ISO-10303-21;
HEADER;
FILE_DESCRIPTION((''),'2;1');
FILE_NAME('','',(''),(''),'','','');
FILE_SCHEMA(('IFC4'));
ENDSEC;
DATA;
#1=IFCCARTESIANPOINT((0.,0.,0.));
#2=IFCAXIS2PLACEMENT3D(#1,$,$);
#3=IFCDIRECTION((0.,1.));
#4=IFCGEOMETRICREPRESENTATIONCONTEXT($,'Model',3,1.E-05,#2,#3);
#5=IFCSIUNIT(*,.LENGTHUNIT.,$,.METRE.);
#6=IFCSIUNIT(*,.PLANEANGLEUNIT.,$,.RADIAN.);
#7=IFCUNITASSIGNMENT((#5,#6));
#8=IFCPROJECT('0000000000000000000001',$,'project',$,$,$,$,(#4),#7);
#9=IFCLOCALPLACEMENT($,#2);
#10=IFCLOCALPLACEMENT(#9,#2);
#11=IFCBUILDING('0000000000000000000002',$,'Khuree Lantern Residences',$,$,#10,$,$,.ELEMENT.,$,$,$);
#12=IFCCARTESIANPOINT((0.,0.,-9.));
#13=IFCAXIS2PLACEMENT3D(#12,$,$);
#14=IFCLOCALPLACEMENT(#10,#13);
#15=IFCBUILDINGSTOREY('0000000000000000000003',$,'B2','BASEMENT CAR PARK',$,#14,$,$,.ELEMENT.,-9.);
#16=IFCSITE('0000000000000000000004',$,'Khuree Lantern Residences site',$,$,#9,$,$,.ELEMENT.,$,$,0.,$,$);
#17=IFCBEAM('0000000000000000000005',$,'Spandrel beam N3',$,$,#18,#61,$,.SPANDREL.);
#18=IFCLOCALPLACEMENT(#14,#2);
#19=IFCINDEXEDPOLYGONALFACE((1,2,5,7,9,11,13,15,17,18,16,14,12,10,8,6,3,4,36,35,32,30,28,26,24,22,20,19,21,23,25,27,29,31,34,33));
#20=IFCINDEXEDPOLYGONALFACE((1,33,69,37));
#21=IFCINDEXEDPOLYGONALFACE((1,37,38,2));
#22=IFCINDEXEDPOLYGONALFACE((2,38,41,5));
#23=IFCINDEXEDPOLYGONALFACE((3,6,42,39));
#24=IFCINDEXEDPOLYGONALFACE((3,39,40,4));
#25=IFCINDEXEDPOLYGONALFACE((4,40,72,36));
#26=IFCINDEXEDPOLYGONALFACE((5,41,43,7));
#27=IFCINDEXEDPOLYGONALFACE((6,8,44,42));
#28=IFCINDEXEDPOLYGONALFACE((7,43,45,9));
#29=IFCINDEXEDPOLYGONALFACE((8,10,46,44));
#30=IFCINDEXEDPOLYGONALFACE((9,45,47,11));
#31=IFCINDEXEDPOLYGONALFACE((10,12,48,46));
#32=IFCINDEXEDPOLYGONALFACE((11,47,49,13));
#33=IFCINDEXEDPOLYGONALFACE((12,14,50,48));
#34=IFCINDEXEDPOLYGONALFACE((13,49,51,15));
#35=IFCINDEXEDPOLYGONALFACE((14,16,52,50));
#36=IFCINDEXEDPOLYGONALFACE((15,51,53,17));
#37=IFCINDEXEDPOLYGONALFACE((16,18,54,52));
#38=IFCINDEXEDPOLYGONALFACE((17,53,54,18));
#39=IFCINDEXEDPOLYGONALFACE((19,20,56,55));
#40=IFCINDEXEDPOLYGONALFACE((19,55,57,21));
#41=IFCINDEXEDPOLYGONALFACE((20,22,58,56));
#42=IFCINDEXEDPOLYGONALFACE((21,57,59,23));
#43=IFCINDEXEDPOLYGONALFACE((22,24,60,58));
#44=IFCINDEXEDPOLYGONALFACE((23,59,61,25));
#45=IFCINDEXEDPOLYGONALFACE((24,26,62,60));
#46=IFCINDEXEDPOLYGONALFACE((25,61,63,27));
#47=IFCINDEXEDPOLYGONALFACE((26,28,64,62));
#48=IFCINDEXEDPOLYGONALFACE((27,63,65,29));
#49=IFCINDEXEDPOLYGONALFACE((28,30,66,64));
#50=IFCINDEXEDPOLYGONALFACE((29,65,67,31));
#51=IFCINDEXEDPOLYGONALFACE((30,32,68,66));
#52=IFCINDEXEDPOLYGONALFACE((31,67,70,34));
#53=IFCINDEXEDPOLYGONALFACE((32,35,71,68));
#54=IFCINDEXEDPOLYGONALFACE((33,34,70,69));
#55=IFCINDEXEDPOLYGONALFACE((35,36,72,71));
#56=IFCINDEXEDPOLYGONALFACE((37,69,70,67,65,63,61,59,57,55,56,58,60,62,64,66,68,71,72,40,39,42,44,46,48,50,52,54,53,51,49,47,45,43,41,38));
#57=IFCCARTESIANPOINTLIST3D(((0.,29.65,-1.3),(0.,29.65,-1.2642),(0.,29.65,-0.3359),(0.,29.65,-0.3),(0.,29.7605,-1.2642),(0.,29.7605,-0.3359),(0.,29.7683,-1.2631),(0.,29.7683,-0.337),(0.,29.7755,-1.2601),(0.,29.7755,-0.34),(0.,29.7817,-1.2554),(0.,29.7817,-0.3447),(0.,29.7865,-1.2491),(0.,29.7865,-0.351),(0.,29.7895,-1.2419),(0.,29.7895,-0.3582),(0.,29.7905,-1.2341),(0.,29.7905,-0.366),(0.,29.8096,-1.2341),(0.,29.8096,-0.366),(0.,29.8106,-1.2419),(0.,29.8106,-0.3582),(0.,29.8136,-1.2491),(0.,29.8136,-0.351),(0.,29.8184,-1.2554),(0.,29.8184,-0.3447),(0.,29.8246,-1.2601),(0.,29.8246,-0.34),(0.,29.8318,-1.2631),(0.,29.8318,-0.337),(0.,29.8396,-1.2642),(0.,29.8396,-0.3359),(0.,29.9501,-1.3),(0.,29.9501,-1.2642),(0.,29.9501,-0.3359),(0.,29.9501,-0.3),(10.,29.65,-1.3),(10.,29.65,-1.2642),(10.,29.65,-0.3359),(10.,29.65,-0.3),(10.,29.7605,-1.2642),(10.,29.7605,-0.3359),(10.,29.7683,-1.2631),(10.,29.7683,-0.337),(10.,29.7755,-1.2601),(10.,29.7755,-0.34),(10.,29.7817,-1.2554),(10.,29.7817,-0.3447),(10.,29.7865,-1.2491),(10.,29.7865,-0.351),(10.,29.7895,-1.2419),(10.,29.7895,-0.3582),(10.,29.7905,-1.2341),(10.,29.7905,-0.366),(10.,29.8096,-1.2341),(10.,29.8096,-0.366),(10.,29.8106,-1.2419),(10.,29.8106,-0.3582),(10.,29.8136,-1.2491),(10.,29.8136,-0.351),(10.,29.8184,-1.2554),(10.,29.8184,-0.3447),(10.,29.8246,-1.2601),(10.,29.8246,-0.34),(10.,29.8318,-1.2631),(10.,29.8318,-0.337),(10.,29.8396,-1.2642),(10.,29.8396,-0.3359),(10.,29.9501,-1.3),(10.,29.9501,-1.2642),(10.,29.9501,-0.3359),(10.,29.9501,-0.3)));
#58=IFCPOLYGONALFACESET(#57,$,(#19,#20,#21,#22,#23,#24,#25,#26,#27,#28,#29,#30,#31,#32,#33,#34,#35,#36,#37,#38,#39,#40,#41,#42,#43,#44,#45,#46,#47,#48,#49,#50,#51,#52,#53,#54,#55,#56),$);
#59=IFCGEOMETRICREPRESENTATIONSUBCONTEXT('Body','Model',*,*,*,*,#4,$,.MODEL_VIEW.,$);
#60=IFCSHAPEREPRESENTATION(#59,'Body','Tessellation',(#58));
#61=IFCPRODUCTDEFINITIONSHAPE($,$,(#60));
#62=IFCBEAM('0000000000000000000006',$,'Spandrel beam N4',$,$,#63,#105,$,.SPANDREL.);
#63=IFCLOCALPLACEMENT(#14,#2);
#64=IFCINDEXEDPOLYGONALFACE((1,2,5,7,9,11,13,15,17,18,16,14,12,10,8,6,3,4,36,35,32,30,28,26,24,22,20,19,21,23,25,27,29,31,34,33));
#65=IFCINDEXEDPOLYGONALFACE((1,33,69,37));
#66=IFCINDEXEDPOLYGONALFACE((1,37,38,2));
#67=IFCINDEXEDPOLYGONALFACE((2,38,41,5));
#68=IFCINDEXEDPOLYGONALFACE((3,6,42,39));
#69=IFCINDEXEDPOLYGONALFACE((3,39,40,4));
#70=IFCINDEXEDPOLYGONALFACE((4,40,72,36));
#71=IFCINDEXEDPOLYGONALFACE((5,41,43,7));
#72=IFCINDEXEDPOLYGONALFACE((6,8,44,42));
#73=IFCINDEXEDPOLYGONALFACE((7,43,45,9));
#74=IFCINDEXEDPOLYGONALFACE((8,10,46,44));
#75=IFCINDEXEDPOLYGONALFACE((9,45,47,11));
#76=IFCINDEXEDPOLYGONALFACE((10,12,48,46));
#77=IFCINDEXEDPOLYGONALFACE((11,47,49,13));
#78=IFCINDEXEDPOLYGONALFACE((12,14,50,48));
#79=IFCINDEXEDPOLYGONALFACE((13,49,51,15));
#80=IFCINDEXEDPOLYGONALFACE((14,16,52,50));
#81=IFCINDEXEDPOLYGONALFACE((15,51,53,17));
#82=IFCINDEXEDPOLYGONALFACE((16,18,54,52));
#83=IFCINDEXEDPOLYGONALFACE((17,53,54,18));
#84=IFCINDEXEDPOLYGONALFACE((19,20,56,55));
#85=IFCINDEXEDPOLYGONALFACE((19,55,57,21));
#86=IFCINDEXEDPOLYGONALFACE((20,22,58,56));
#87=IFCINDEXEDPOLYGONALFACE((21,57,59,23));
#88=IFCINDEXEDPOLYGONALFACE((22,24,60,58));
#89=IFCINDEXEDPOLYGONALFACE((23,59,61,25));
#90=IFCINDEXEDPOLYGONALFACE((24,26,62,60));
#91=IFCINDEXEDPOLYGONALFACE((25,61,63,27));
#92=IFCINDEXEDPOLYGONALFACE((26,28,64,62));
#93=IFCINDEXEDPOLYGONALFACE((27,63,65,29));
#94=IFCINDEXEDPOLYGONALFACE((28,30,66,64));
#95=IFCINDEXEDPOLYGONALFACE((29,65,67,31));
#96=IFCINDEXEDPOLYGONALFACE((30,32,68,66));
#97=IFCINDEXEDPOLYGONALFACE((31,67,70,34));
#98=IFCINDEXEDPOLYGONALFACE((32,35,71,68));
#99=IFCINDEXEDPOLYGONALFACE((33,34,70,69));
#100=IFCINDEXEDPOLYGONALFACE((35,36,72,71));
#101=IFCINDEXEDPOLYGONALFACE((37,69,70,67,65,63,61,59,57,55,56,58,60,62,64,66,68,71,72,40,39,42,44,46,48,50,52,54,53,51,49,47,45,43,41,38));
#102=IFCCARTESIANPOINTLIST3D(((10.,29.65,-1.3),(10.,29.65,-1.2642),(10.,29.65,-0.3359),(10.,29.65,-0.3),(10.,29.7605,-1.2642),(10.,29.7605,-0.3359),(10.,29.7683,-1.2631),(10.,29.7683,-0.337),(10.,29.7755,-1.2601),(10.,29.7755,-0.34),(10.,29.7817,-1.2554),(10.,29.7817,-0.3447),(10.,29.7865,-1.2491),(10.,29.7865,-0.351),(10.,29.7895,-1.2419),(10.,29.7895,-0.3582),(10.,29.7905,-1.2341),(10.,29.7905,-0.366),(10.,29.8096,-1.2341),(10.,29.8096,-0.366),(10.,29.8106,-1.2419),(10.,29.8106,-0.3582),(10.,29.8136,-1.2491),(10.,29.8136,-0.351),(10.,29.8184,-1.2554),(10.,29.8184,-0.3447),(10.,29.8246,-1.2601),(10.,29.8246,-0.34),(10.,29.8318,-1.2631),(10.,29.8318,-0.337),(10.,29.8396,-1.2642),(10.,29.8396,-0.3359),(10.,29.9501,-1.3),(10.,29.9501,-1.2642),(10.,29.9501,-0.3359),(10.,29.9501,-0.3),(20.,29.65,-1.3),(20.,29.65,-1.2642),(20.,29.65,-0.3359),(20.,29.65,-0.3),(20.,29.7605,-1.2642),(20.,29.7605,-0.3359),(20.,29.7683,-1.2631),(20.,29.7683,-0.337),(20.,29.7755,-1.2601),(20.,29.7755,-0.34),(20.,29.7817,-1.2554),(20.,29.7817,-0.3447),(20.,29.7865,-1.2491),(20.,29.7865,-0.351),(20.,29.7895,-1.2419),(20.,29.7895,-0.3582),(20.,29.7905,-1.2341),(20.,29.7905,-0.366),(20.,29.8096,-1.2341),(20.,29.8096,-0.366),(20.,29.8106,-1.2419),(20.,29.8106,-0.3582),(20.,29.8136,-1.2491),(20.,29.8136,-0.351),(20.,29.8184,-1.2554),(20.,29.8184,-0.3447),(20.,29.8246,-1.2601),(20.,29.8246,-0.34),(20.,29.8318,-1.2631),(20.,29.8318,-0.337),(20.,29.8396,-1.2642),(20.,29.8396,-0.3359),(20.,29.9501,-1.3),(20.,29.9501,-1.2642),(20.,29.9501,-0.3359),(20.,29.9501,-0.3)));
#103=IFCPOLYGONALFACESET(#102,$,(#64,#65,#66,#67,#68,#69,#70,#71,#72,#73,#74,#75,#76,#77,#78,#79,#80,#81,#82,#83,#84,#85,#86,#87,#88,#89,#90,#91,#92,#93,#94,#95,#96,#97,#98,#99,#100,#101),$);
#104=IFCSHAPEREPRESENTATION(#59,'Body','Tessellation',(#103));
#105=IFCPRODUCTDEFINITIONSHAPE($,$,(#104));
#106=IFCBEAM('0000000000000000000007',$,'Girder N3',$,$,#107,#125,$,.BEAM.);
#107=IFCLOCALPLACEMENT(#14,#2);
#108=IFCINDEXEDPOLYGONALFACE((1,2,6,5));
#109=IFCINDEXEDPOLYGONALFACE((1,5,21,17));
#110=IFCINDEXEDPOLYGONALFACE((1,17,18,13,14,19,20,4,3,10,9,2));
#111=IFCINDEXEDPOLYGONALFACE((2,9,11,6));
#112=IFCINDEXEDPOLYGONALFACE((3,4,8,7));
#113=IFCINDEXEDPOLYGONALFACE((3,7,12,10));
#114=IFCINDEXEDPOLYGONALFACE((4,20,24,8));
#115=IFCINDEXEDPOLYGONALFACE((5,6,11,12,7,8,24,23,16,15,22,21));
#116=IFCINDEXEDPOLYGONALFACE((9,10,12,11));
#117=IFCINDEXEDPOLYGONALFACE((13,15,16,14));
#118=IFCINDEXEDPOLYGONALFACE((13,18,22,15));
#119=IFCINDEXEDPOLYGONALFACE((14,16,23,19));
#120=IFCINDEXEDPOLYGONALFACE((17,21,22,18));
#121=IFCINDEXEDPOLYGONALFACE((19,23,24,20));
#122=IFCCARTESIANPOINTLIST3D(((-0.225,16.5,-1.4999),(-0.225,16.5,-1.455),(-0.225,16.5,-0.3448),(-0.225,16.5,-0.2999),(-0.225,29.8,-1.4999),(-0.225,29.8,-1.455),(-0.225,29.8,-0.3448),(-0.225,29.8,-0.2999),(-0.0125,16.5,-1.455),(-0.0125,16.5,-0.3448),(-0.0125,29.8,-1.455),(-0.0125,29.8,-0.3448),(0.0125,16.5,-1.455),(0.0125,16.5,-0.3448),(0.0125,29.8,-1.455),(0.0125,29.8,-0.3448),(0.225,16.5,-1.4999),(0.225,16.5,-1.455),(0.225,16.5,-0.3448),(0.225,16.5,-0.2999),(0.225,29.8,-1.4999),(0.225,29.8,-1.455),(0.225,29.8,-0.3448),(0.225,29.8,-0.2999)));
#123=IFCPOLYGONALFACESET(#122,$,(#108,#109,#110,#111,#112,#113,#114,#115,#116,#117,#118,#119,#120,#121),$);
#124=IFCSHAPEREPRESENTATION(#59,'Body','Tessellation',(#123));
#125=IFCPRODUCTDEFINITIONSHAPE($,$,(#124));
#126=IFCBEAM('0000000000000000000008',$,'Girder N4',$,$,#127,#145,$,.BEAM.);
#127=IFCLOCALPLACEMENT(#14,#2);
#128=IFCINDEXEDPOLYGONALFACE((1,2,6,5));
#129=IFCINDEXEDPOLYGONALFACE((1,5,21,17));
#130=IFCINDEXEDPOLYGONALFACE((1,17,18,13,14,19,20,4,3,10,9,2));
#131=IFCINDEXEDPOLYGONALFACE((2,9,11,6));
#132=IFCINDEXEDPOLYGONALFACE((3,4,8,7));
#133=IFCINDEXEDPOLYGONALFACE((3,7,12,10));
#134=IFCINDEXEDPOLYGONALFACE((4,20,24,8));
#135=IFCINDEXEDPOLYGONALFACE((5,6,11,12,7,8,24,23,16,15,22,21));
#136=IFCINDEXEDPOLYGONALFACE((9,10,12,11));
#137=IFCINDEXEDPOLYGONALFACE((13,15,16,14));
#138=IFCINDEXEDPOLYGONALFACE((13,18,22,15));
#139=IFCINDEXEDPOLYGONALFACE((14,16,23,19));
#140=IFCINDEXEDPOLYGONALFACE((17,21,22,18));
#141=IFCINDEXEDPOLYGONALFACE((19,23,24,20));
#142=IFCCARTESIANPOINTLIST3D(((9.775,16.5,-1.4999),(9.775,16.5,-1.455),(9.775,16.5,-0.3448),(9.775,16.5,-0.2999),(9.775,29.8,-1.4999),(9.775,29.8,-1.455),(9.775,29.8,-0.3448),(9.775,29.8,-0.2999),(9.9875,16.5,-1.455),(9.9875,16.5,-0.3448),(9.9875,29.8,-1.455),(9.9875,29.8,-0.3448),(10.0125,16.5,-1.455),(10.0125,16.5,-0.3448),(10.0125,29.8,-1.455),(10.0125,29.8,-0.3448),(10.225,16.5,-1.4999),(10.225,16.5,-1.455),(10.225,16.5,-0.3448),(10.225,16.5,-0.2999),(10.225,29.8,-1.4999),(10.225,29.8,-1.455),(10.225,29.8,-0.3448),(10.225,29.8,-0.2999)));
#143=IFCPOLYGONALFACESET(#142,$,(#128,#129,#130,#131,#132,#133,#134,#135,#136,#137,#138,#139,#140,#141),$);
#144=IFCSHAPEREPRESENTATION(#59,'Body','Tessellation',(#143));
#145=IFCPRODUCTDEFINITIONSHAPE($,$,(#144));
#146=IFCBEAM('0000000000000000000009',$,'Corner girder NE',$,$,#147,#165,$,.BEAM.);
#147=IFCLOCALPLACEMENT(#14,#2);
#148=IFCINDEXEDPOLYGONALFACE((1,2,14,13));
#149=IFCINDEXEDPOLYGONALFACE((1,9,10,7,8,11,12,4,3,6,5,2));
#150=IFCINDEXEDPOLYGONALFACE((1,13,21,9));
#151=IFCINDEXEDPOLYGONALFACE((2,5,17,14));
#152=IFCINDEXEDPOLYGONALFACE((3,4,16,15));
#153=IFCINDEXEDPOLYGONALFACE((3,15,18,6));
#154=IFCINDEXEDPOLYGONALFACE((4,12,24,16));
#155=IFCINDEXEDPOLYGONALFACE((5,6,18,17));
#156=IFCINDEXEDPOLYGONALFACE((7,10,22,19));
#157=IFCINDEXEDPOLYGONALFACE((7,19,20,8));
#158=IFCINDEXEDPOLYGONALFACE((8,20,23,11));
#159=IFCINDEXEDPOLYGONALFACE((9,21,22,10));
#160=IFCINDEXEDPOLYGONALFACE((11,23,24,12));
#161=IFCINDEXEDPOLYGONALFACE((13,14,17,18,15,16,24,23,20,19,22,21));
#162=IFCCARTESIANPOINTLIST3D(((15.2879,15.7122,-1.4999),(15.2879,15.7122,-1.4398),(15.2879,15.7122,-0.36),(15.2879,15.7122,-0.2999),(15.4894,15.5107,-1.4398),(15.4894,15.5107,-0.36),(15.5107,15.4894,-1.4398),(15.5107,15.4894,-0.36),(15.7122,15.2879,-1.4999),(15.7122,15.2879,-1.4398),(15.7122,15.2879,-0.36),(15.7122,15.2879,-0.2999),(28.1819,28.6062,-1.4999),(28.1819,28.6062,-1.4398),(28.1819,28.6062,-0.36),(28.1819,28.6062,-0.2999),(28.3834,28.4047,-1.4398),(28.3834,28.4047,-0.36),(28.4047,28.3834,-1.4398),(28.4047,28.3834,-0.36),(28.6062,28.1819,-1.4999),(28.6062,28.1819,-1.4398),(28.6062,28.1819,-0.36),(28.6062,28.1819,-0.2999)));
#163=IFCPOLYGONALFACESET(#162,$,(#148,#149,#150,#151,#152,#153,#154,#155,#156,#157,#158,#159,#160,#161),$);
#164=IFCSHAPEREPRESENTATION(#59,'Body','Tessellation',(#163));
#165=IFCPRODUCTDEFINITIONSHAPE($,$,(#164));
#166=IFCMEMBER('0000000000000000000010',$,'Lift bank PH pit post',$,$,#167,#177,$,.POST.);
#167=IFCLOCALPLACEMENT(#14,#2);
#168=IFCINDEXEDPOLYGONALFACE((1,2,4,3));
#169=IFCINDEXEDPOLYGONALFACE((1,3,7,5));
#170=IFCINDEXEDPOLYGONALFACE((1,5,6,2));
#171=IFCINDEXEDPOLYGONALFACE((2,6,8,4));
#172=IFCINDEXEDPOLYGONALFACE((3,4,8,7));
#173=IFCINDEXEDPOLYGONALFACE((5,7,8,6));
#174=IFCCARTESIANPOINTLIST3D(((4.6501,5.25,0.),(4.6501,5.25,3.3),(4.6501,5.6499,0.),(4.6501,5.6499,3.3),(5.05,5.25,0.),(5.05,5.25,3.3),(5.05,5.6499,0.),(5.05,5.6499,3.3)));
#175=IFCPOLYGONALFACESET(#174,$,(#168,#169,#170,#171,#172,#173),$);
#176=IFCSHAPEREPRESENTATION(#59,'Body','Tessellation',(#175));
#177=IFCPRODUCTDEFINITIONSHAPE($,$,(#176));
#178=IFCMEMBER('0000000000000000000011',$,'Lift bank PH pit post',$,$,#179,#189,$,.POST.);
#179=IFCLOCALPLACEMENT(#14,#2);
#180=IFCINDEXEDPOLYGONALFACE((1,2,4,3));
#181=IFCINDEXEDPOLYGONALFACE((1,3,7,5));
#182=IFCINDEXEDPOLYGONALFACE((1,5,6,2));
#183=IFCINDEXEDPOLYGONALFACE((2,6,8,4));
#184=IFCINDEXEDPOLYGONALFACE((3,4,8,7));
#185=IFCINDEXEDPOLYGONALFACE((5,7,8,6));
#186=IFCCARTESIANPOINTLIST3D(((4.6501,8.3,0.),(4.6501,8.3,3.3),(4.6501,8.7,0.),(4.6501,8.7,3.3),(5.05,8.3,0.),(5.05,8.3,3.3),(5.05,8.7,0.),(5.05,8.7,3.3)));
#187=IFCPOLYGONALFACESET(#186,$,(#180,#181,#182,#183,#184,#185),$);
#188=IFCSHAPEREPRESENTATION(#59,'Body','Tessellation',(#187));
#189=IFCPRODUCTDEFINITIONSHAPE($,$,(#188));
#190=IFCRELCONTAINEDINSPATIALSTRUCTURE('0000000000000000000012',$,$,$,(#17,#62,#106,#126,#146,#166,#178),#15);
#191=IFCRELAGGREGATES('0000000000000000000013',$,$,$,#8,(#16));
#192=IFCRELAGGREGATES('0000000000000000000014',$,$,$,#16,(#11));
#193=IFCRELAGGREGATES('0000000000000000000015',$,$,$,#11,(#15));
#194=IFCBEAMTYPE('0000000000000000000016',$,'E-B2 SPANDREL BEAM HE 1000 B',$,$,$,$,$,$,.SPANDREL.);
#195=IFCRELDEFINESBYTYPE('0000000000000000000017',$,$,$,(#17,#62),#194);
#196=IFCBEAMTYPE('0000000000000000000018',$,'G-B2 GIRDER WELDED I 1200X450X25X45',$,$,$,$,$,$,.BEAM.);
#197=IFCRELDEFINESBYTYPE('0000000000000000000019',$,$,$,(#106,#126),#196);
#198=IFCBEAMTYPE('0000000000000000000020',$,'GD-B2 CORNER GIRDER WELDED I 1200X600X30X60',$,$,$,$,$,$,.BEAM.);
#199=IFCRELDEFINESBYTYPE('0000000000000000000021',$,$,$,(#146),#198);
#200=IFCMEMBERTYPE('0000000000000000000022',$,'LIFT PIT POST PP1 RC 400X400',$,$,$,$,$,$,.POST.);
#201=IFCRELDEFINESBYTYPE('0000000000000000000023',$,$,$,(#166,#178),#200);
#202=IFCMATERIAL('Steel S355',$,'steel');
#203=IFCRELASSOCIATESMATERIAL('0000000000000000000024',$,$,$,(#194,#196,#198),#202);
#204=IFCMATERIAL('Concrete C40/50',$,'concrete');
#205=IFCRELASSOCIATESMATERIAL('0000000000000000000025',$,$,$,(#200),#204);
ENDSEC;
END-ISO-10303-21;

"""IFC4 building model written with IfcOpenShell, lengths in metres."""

from ifc_helpers import new_model, si_unit, direction, frame, origin, origin_2d, place, context, subcontext, project, spatial, rectangle, i_section, extrude, material, material_profile, profile_set, type_object, element, save


model = new_model("IFC4")

# Units and contexts
model_context = context("Model", 3, precision=1e-05, world=origin(), true_north=direction((0.0, 1.0)))
body_context = subcontext(model_context, "Body", "Model", "MODEL_VIEW")
ifc_project = project(units=[si_unit("LENGTHUNIT", "METRE"), si_unit("PLANEANGLEUNIT", "RADIAN")], contexts=[model_context])

# Site, building, storey
site_placement = place(None, origin())
site = spatial("IfcSite", under=ifc_project, at=site_placement, Name="Khuree Lantern Residences site", CompositionType="ELEMENT", RefElevation=0.0)
building_placement = place(site_placement, origin())
building = spatial("IfcBuilding", under=site, at=building_placement, Name="Khuree Lantern Residences", CompositionType="ELEMENT")
storey_placement = place(building_placement, frame((0.0, 0.0, -9.0)))
storey = spatial("IfcBuildingStorey", under=building, at=storey_placement, Name="B2", Description="BASEMENT CAR PARK", CompositionType="ELEMENT", Elevation=-9.0)

# Beams
ifc_material_1 = material(Name="Steel S355", Category="steel")
ifc_material_profile_1 = material_profile(ifc_material_1, i_section(OverallWidth=0.3, OverallDepth=1.0, WebThickness=0.019, FlangeThickness=0.0359, FilletRadius=0.03, at=origin_2d()), Name="HE 1000 B")
ifc_profile_set_1 = profile_set([ifc_material_profile_1], Name="Steel S355")
beam_type_1 = type_object("IfcBeamType", Name="E-B2 SPANDREL BEAM HE 1000 B", PredefinedType="SPANDREL", material=ifc_profile_set_1)
for number, where, z_axis, x_axis, name in (
    (1, (0.0, 29.8, -0.8), (1.0, 0.0, 0.0), (0.0, 1.0, 0.0), "Spandrel beam N3"),
    (2, (10.0, 29.8, -0.8), (1.0, 0.0, 0.0), (0.0, 1.0, 0.0), "Spandrel beam N4"),
):
    element("IfcBeam", number, at=place(storey_placement, frame(where, z_axis=z_axis, x_axis=x_axis)), inside=storey, type_object=beam_type_1, Name=name, PredefinedType="SPANDREL", context=body_context, shape_type="SweptSolid", body=[
        extrude(i_section(OverallWidth=0.3, OverallDepth=1.0, WebThickness=0.019, FlangeThickness=0.0359, FilletRadius=0.03, at=origin_2d()), origin(), (0.0, 0.0, 1.0), 10.0),
    ])
ifc_material_profile_2 = material_profile(ifc_material_1, i_section(OverallWidth=0.45, OverallDepth=1.2, WebThickness=0.0249, FlangeThickness=0.0449, at=origin_2d()), Name="WELDED I 1200X450X25X45")
ifc_profile_set_2 = profile_set([ifc_material_profile_2], Name="Steel S355")
beam_type_2 = type_object("IfcBeamType", Name="G-B2 GIRDER WELDED I 1200X450X25X45", PredefinedType="BEAM", material=ifc_profile_set_2)
for number, where, z_axis, x_axis, name in (
    (3, (0.0, 29.8, -0.8999), (0.0, -1.0, 0.0), (1.0, 0.0, 0.0), "Girder N3"),
    (4, (10.0, 29.8, -0.8999), (0.0, -1.0, 0.0), (1.0, 0.0, 0.0), "Girder N4"),
):
    element("IfcBeam", number, at=place(storey_placement, frame(where, z_axis=z_axis, x_axis=x_axis)), inside=storey, type_object=beam_type_2, Name=name, PredefinedType="BEAM", context=body_context, shape_type="SweptSolid", body=[
        extrude(i_section(OverallWidth=0.45, OverallDepth=1.2, WebThickness=0.0249, FlangeThickness=0.0449, at=origin_2d()), origin(), (0.0, 0.0, 1.0), 13.3),
    ])
ifc_material_profile_3 = material_profile(ifc_material_1, i_section(OverallWidth=0.6001, OverallDepth=1.2, WebThickness=0.03, FlangeThickness=0.0601, at=origin_2d()), Name="WELDED I 1200X600X30X60")
ifc_profile_set_3 = profile_set([ifc_material_profile_3], Name="Steel S355")
beam_type_3 = type_object("IfcBeamType", Name="GD-B2 CORNER GIRDER WELDED I 1200X600X30X60", PredefinedType="BEAM", material=ifc_profile_set_3)
beam_1_placement = place(storey_placement, frame((28.394, 28.394, -0.8999), z_axis=(-0.707107, -0.707107, 0.0), x_axis=(0.707107, -0.707107, 0.0)))
element("IfcBeam", 5, at=beam_1_placement, inside=storey, type_object=beam_type_3, Name="Corner girder NE", PredefinedType="BEAM", context=body_context, shape_type="SweptSolid", body=[
    extrude(i_section(OverallWidth=0.6001, OverallDepth=1.2, WebThickness=0.03, FlangeThickness=0.0601, at=origin_2d()), origin(), (0.0, 0.0, 1.0), 18.2349),
])

# Members
ifc_material_2 = material(Name="Concrete C40/50", Category="concrete")
ifc_material_profile_4 = material_profile(ifc_material_2, rectangle(XDim=0.3999, YDim=0.3999, at=origin_2d()), Name="RC 400X400")
ifc_profile_set_4 = profile_set([ifc_material_profile_4], Name="Concrete C40/50")
member_type = type_object("IfcMemberType", Name="LIFT PIT POST PP1 RC 400X400", PredefinedType="POST", material=ifc_profile_set_4)
for number, where, z_axis, x_axis, name in (
    (6, (4.8501, 5.45, 0.0), (0.0, 0.0, 1.0), (1.0, 0.0, 0.0), "Lift bank PH pit post"),
    (7, (4.8501, 8.5, 0.0), (0.0, 0.0, 1.0), (1.0, 0.0, 0.0), "Lift bank PH pit post"),
):
    element("IfcMember", number, at=place(storey_placement, frame(where, z_axis=z_axis, x_axis=x_axis)), inside=storey, type_object=member_type, Name=name, PredefinedType="POST", context=body_context, shape_type="SweptSolid", body=[
        extrude(rectangle(XDim=0.3999, YDim=0.3999, at=origin_2d()), origin(), (0.0, 0.0, 1.0), 3.3),
    ])

save(model, "model.ifc")
